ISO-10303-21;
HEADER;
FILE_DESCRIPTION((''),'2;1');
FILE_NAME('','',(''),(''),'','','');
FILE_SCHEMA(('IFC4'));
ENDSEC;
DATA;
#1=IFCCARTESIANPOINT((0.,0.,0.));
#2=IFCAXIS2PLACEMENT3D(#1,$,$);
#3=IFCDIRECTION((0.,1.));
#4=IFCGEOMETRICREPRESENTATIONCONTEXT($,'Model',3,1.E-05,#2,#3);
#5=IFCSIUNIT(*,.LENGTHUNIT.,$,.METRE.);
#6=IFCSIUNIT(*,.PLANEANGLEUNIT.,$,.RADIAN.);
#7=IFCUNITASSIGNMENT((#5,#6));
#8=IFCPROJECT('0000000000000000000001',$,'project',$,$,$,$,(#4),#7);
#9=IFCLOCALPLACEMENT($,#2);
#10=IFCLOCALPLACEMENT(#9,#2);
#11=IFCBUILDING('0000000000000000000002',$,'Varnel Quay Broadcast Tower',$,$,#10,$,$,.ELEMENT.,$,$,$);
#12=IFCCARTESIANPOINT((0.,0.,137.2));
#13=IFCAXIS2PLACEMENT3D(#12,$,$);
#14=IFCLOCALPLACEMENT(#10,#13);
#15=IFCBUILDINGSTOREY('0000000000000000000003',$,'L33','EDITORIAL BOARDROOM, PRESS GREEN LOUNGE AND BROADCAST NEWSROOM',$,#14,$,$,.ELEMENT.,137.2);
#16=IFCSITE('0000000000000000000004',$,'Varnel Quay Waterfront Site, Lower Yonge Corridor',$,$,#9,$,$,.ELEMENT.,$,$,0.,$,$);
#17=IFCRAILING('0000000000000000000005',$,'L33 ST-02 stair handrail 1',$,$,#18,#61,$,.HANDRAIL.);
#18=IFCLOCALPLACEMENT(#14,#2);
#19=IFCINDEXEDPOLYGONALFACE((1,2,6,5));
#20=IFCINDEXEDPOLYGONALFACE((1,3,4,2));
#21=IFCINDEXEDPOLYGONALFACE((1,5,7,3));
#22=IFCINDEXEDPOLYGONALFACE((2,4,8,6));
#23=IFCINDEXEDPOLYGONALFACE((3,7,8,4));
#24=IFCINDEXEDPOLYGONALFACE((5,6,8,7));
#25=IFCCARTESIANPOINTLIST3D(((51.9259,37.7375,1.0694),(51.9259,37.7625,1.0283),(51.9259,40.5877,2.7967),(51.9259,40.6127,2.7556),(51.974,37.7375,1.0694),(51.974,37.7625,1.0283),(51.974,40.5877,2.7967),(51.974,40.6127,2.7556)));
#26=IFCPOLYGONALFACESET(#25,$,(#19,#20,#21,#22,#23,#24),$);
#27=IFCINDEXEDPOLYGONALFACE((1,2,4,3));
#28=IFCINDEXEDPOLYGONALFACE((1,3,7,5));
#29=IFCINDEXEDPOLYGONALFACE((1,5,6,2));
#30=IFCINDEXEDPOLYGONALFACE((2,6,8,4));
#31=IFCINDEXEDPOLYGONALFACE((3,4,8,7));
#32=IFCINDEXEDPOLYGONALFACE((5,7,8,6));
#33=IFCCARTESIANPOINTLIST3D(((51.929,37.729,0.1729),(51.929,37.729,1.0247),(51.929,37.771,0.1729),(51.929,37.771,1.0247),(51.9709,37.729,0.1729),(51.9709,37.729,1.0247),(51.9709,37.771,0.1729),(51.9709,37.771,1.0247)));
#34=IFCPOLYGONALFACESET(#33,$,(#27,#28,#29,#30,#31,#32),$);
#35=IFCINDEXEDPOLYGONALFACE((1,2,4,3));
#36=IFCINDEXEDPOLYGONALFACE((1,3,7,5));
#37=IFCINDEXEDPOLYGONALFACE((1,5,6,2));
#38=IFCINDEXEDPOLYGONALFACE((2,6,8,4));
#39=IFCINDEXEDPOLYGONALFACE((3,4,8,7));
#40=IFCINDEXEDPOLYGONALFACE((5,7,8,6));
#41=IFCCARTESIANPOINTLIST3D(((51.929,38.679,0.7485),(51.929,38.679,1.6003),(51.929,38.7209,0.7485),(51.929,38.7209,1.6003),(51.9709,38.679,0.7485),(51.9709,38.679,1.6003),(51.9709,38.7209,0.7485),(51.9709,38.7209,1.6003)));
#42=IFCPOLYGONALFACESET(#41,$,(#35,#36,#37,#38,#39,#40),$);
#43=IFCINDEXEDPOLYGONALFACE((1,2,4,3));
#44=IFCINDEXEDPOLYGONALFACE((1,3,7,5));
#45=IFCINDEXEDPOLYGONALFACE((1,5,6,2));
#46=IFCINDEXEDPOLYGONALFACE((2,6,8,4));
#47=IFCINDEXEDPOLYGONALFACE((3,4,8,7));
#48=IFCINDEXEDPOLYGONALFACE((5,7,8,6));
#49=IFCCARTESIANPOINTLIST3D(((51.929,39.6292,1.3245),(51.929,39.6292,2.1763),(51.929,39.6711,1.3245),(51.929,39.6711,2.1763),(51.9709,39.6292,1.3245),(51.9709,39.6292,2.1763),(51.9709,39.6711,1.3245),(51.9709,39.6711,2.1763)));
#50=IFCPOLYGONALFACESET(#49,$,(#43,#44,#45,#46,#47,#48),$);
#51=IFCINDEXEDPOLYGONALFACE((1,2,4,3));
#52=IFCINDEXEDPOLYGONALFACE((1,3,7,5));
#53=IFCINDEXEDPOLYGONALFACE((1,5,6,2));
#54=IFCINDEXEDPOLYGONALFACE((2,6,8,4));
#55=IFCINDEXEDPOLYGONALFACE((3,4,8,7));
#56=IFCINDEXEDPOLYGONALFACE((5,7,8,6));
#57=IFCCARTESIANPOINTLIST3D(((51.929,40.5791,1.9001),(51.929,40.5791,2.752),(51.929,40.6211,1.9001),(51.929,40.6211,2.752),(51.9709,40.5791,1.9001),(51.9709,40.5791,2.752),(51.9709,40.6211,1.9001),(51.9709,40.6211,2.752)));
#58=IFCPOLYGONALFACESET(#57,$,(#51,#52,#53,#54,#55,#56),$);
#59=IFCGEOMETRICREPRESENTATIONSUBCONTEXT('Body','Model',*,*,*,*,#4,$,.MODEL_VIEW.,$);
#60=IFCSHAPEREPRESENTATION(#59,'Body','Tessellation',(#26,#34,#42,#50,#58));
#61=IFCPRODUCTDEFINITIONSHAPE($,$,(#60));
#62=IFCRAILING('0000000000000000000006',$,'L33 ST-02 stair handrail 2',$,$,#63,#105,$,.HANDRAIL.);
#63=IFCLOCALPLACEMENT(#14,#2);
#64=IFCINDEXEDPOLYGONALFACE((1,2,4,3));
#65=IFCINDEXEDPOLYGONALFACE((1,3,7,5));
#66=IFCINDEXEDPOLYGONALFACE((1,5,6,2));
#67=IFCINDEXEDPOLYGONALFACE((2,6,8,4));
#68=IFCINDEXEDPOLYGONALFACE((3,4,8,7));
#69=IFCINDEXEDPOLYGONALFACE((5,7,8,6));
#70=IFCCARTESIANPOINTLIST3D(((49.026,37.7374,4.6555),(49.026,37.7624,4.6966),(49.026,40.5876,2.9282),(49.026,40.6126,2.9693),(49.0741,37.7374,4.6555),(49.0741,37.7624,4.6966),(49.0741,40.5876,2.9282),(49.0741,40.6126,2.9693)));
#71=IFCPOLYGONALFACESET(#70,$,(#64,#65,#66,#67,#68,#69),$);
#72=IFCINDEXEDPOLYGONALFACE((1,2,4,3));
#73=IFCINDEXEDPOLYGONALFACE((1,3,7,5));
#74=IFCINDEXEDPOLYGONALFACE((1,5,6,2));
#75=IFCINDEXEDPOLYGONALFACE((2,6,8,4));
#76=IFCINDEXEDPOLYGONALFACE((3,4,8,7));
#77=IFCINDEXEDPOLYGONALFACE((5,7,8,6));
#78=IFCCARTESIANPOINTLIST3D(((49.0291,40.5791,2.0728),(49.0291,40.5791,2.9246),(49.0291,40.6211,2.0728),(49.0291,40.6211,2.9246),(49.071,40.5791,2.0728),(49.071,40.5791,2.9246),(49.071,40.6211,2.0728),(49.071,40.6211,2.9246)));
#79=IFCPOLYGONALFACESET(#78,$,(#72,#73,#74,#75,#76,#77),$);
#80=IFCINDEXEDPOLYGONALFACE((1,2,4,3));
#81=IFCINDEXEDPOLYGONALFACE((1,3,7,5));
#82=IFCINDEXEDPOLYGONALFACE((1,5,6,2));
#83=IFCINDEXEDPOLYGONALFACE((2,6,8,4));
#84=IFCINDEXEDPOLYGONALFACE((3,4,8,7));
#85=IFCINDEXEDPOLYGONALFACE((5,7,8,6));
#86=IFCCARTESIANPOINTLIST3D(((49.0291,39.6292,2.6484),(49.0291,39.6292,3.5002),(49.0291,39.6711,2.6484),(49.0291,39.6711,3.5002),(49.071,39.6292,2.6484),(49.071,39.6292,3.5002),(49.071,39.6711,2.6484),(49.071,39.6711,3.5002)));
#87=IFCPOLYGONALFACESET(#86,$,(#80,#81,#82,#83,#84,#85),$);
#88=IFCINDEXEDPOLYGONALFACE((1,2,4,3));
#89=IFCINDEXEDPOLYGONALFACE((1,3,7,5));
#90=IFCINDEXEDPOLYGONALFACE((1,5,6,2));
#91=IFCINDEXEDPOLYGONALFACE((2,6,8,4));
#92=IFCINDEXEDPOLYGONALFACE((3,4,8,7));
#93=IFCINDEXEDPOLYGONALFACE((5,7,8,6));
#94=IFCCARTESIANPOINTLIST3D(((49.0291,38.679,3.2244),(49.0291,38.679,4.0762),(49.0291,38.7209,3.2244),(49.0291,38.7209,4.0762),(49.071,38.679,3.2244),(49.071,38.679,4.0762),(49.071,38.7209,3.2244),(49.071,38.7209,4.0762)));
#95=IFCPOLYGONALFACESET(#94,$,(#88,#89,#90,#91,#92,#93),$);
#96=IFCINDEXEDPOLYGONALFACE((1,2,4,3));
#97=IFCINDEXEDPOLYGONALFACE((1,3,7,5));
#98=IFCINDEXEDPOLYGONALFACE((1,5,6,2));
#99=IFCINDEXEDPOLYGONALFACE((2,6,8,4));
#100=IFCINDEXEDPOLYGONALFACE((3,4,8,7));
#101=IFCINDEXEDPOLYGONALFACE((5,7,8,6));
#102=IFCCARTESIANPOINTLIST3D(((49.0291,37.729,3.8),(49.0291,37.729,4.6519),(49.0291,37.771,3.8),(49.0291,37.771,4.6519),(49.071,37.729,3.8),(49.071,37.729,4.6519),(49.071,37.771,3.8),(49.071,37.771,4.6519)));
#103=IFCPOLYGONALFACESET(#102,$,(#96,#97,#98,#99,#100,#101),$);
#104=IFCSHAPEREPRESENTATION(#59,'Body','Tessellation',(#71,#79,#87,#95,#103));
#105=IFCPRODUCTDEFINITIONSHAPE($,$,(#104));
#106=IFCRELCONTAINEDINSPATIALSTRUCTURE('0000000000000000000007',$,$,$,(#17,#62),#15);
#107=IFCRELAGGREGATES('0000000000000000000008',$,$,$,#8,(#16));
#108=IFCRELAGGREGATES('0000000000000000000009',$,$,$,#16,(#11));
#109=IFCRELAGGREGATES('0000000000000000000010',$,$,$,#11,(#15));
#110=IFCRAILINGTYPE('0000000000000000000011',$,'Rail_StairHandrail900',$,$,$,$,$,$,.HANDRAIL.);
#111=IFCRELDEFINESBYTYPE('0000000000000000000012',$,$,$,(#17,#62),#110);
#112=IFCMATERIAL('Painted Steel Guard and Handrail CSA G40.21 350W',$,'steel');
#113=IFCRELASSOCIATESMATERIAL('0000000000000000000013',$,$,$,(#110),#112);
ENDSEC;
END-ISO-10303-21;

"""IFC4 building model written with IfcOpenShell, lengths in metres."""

from ifc_helpers import new_model, si_unit, direction, frame, origin, origin_2d, place, context, subcontext, project, spatial, rectangle, extrude, material, type_object, element, save


model = new_model("IFC4")

# Units and contexts
model_context = context("Model", 3, precision=1e-05, world=origin(), true_north=direction((0.0, 1.0)))
body_context = subcontext(model_context, "Body", "Model", "MODEL_VIEW")
ifc_project = project(units=[si_unit("LENGTHUNIT", "METRE"), si_unit("PLANEANGLEUNIT", "RADIAN")], contexts=[model_context])

# Site, building, storey
site_placement = place(None, origin())
site = spatial("IfcSite", under=ifc_project, at=site_placement, Name="Varnel Quay Waterfront Site, Lower Yonge Corridor", CompositionType="ELEMENT", RefElevation=0.0)
building_placement = place(site_placement, origin())
building = spatial("IfcBuilding", under=site, at=building_placement, Name="Varnel Quay Broadcast Tower", CompositionType="ELEMENT")
storey_placement = place(building_placement, frame((0.0, 0.0, 137.2)))
storey = spatial("IfcBuildingStorey", under=building, at=storey_placement, Name="L33", Description="EDITORIAL BOARDROOM, PRESS GREEN LOUNGE AND BROADCAST NEWSROOM", CompositionType="ELEMENT", Elevation=137.2)

# Railings
ifc_material_1 = material(Name="Painted Steel Guard and Handrail CSA G40.21 350W", Category="steel")
railing_type_1 = type_object("IfcRailingType", Name="Rail_StairHandrail900", PredefinedType="HANDRAIL", material=ifc_material_1)
railing_1_placement = place(storey_placement, frame((51.95, 37.75, 0.1729)))
element("IfcRailing", 1, at=railing_1_placement, inside=storey, type_object=railing_type_1, Name="L33 ST-02 stair handrail 1", PredefinedType="HANDRAIL", context=body_context, shape_type="SweptSolid", body=[
    extrude(rectangle(XDim=0.0481, YDim=0.0481, at=origin_2d()), frame((0.0, 0.0, 0.876), z_axis=(0.0, 0.855203, 0.518294), x_axis=(-1.0, 0.0, 0.0)), (0.0, 0.0, 1.0), 3.3328),
    extrude(rectangle(XDim=0.042, YDim=0.042, at=origin_2d()), origin(), (0.0, 0.0, 1.0), 0.8518),
    extrude(rectangle(XDim=0.042, YDim=0.042, at=origin_2d()), frame((0.0, 0.95, 0.5757)), (0.0, 0.0, 1.0), 0.8518),
    extrude(rectangle(XDim=0.042, YDim=0.042, at=origin_2d()), frame((0.0, 1.9001, 1.1516)), (0.0, 0.0, 1.0), 0.8518),
    extrude(rectangle(XDim=0.042, YDim=0.042, at=origin_2d()), frame((0.0, 2.8501, 1.7273)), (0.0, 0.0, 1.0), 0.8518),
])
railing_2_placement = place(storey_placement, frame((49.05, 40.6001, 2.0728)))
element("IfcRailing", 2, at=railing_2_placement, inside=storey, type_object=railing_type_1, Name="L33 ST-02 stair handrail 2", PredefinedType="HANDRAIL", context=body_context, shape_type="SweptSolid", body=[
    extrude(rectangle(XDim=0.0481, YDim=0.0481, at=origin_2d()), frame((0.0, 0.0, 0.876), z_axis=(0.0, -0.855203, 0.518294), x_axis=(1.0, 0.0, 0.0)), (0.0, 0.0, 1.0), 3.3328),
    extrude(rectangle(XDim=0.042, YDim=0.042, at=origin_2d()), origin(), (0.0, 0.0, 1.0), 0.8518),
    extrude(rectangle(XDim=0.042, YDim=0.042, at=origin_2d()), frame((0.0, -0.95, 0.5757)), (0.0, 0.0, 1.0), 0.8518),
    extrude(rectangle(XDim=0.042, YDim=0.042, at=origin_2d()), frame((0.0, -1.9001, 1.1516)), (0.0, 0.0, 1.0), 0.8518),
    extrude(rectangle(XDim=0.042, YDim=0.042, at=origin_2d()), frame((0.0, -2.8501, 1.7273)), (0.0, 0.0, 1.0), 0.8518),
])

save(model, "model.ifc")
